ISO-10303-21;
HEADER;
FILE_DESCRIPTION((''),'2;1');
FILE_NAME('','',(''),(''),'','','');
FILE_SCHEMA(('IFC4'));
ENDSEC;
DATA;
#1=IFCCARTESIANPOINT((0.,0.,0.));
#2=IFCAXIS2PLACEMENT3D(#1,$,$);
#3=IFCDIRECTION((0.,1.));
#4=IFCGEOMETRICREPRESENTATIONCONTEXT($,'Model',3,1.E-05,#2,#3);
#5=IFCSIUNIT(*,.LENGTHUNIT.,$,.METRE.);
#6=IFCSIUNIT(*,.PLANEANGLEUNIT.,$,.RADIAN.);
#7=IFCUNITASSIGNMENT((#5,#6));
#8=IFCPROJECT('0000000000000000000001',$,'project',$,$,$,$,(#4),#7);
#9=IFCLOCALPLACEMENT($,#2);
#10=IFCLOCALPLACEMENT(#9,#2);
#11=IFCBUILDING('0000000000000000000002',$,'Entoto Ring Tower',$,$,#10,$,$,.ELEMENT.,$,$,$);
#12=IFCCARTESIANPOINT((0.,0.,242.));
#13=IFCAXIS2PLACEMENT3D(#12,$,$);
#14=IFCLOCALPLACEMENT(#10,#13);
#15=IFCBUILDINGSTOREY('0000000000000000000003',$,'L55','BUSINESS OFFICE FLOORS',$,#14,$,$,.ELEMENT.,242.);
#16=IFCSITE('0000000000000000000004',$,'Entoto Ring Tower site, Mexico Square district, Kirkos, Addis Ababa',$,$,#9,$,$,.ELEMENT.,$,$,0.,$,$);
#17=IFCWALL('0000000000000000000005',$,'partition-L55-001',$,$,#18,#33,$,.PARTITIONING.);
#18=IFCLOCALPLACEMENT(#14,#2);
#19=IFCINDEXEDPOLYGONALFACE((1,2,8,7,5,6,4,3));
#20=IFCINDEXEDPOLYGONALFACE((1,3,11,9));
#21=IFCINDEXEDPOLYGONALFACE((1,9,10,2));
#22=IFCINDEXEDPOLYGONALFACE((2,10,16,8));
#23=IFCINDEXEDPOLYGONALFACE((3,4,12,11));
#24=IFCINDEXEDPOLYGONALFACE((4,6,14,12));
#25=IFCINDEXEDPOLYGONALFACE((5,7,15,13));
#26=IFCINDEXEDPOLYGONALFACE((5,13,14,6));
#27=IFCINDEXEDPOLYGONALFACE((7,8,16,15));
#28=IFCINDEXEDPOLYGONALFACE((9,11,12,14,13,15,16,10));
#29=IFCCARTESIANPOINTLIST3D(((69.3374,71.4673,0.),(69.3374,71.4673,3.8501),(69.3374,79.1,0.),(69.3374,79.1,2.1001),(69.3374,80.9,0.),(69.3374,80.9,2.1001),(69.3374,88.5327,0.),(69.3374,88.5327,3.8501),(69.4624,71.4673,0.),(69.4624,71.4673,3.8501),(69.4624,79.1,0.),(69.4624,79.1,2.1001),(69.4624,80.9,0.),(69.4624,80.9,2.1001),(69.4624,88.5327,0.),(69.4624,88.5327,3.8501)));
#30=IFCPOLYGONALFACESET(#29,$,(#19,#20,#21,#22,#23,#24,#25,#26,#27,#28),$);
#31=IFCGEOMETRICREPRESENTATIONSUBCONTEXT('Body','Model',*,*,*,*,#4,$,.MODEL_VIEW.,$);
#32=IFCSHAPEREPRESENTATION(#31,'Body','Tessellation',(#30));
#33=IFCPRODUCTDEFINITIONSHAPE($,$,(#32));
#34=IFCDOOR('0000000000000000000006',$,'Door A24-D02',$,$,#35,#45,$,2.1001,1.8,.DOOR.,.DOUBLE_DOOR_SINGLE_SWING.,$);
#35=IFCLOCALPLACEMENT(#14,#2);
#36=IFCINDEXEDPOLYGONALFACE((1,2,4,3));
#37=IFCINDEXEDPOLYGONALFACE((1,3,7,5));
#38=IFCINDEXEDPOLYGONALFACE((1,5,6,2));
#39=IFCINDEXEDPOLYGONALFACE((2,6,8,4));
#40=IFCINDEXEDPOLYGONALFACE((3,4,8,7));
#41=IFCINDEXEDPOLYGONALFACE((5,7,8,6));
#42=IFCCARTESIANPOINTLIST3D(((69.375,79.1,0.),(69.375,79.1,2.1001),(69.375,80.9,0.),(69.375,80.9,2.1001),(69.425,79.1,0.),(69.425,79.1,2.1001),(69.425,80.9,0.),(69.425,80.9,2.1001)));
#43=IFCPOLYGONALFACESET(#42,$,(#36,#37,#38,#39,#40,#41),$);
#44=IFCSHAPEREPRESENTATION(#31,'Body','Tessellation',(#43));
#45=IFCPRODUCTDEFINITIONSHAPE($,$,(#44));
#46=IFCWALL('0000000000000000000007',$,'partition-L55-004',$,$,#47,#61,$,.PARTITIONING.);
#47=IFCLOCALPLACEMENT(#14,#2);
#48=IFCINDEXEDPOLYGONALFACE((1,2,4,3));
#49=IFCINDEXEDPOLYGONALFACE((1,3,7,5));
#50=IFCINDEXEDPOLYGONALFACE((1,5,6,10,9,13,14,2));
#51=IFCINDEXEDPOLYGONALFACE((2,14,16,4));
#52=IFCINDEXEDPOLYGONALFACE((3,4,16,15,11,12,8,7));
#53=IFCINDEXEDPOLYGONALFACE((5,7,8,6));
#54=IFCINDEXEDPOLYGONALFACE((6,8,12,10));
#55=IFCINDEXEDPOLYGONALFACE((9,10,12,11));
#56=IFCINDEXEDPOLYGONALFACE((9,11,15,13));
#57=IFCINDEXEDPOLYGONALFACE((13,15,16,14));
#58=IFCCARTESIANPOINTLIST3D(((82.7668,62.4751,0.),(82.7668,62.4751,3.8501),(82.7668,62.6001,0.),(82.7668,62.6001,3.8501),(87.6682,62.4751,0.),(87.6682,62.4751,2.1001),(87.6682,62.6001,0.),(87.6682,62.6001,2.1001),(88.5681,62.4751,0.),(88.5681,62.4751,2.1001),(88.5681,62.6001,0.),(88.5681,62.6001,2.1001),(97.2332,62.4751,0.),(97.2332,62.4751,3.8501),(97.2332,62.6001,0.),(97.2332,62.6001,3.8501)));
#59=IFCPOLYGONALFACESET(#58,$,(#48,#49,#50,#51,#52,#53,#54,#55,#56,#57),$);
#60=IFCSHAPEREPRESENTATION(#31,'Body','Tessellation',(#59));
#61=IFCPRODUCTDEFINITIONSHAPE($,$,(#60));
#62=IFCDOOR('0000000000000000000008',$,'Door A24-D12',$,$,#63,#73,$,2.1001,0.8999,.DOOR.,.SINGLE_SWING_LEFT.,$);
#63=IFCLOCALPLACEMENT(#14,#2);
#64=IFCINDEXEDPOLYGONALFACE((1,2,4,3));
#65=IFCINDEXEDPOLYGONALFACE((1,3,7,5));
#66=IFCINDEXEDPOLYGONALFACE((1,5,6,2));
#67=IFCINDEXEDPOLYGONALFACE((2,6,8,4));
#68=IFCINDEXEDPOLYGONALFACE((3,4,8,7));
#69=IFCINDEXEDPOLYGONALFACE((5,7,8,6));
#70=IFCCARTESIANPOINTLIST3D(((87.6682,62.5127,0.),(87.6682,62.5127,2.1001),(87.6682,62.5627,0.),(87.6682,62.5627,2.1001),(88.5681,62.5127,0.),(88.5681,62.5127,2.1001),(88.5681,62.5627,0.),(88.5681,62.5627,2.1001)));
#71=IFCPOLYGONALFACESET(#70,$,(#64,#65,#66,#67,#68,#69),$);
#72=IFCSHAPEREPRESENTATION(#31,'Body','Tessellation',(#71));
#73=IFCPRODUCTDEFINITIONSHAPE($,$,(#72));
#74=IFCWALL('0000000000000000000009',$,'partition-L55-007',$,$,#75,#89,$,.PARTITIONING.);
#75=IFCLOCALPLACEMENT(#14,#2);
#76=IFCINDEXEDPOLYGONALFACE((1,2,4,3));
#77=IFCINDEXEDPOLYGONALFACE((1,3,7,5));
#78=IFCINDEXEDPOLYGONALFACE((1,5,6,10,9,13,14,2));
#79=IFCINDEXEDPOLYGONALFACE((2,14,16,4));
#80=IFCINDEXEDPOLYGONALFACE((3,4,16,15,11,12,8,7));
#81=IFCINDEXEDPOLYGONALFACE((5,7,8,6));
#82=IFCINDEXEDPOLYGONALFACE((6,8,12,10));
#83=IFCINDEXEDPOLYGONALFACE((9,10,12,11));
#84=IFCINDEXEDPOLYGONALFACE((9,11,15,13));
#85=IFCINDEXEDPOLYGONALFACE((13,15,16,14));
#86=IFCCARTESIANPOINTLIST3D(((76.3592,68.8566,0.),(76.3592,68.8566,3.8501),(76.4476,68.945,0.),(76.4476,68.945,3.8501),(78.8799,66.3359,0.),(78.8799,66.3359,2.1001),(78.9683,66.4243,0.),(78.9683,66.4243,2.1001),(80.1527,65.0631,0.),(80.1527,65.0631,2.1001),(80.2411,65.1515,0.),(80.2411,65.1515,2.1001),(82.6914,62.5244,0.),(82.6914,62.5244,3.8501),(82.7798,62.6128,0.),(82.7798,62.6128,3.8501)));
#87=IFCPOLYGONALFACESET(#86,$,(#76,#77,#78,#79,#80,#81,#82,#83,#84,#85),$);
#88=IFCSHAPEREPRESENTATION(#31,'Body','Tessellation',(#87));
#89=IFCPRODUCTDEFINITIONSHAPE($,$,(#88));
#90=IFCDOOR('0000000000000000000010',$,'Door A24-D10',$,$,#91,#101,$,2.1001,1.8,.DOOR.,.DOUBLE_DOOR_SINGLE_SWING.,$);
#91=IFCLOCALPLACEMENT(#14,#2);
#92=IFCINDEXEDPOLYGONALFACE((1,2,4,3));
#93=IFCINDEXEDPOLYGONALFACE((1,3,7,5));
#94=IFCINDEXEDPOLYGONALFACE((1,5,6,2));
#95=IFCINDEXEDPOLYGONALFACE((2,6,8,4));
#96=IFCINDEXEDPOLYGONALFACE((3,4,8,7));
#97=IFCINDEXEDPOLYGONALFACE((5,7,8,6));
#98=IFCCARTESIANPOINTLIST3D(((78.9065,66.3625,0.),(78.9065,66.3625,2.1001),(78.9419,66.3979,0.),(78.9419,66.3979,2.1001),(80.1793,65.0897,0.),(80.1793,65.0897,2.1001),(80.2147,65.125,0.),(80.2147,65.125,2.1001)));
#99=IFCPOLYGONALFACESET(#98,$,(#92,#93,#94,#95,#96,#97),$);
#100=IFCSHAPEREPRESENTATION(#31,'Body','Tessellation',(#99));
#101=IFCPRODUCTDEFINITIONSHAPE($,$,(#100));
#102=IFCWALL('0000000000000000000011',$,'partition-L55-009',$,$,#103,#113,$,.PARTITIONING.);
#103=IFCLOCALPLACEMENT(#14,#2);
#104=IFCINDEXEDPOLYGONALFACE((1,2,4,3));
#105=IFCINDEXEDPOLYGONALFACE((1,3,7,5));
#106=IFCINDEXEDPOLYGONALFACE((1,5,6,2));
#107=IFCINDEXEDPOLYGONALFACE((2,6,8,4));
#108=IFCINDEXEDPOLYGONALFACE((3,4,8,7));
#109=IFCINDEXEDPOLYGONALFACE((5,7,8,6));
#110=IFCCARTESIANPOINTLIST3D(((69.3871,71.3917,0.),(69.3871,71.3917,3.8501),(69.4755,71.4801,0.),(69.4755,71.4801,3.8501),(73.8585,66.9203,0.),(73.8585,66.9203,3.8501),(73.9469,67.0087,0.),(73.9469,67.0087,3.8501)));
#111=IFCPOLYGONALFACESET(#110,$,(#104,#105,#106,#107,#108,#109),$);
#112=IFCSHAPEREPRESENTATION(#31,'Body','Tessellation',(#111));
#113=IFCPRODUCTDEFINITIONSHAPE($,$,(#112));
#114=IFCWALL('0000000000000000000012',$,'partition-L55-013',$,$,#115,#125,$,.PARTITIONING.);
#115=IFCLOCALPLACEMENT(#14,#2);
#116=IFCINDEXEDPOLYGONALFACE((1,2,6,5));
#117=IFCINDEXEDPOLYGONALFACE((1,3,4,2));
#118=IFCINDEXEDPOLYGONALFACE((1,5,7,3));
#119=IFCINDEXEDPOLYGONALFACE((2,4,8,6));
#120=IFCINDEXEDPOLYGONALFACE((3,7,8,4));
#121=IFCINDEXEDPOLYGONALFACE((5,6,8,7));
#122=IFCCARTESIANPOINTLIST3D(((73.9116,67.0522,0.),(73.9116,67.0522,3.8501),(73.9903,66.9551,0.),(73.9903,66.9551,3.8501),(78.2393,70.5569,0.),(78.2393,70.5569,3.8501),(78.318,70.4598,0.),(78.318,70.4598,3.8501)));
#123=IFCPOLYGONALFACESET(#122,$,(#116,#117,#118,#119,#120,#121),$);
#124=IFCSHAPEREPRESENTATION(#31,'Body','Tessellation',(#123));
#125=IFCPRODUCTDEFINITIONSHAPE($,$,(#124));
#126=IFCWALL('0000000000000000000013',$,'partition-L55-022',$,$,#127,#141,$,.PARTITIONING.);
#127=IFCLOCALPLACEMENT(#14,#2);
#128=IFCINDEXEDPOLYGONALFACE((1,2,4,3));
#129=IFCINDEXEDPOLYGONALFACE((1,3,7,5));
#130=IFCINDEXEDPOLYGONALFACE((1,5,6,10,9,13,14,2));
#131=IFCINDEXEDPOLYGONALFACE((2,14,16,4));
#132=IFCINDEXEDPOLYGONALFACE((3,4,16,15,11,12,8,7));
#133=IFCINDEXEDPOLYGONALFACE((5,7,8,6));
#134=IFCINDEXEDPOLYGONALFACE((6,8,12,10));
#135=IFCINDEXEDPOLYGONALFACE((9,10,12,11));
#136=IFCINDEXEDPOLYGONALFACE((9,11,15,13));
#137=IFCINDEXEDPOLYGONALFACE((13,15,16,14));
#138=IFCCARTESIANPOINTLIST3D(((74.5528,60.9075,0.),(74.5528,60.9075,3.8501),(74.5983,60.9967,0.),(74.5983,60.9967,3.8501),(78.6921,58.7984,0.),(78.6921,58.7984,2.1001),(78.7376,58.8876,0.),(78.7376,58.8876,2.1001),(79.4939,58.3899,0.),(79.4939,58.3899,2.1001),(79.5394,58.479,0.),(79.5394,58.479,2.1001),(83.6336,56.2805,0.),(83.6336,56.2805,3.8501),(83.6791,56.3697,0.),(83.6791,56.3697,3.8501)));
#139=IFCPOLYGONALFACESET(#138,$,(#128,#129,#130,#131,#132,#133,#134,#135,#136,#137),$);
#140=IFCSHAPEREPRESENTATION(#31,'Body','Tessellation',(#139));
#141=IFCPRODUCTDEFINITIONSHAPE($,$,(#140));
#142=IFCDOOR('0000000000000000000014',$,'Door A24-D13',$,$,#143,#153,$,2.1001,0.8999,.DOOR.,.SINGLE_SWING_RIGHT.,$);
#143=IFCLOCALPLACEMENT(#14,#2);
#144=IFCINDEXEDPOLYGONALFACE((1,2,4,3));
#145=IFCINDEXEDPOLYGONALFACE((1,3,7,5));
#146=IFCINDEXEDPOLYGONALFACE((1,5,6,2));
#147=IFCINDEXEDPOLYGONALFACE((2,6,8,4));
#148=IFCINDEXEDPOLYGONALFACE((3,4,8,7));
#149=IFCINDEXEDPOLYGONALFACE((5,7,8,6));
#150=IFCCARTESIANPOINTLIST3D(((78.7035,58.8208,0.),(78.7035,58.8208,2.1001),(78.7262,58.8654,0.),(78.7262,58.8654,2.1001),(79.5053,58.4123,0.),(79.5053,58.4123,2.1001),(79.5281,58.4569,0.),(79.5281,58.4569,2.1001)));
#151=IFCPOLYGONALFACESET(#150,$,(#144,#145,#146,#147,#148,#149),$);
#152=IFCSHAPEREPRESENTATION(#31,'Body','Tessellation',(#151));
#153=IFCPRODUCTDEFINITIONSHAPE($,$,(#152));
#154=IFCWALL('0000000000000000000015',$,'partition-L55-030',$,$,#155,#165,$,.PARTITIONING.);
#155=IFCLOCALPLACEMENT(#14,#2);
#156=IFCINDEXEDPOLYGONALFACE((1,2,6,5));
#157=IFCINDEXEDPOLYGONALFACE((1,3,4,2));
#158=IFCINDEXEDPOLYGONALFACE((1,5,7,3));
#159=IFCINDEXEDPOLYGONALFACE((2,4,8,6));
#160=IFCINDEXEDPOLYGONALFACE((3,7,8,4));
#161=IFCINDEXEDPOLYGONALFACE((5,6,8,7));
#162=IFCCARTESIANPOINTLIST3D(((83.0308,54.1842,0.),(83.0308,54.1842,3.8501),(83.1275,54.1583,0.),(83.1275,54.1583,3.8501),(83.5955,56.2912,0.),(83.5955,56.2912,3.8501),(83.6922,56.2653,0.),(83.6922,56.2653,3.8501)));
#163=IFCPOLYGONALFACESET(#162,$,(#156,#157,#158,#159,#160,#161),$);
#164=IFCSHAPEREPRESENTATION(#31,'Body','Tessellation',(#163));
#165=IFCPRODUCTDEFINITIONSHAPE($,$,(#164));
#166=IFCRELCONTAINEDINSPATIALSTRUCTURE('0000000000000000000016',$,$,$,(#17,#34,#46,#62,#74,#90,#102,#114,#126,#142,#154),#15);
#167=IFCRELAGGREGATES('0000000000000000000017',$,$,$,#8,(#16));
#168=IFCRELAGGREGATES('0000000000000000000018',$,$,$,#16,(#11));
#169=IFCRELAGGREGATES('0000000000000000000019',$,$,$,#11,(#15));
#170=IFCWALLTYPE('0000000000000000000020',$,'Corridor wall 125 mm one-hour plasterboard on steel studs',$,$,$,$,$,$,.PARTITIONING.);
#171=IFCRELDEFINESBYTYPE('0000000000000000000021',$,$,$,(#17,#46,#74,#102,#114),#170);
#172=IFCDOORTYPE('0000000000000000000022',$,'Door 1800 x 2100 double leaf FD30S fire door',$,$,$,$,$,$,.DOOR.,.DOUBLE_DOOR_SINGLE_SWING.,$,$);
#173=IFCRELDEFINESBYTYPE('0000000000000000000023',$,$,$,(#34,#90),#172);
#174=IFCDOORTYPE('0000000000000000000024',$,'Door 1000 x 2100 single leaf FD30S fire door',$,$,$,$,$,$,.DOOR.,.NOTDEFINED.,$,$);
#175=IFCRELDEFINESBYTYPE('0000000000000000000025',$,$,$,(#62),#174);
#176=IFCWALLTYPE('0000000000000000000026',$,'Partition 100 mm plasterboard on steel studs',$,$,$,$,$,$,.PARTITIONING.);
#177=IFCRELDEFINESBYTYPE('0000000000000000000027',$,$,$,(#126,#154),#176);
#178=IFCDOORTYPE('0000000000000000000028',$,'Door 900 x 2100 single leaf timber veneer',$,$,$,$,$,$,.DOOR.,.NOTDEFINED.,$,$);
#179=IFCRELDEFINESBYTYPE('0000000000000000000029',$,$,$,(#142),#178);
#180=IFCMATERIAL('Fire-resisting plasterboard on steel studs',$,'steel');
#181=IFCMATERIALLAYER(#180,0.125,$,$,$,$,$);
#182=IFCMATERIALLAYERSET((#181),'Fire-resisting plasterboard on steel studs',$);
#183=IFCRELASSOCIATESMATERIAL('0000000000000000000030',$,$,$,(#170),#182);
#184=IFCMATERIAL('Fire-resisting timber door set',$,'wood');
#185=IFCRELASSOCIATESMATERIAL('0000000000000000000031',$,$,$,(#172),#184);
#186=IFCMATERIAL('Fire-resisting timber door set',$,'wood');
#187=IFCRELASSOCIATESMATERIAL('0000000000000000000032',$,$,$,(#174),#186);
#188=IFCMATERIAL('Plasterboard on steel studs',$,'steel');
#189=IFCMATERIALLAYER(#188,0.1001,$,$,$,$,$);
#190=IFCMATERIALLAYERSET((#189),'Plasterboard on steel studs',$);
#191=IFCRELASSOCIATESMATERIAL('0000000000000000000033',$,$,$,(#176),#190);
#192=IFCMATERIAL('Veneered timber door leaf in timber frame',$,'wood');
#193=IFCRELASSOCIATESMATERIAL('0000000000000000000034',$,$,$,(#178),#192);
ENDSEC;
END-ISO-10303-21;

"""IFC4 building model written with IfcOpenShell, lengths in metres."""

from ifc_helpers import new_model, si_unit, direction, frame, frame_2d, origin, place, context, subcontext, project, spatial, rectangle, extrude, material, layer, layer_set, type_object, element, fill, save


model = new_model("IFC4")

# Units and contexts
model_context = context("Model", 3, precision=1e-05, world=origin(), true_north=direction((0.0, 1.0)))
body_context = subcontext(model_context, "Body", "Model", "MODEL_VIEW")
ifc_project = project(units=[si_unit("LENGTHUNIT", "METRE"), si_unit("PLANEANGLEUNIT", "RADIAN")], contexts=[model_context])

# Site, building, storey
site_placement = place(None, origin())
site = spatial("IfcSite", under=ifc_project, at=site_placement, Name="Entoto Ring Tower site, Mexico Square district, Kirkos, Addis Ababa", CompositionType="ELEMENT", RefElevation=0.0)
building_placement = place(site_placement, origin())
building = spatial("IfcBuilding", under=site, at=building_placement, Name="Entoto Ring Tower", CompositionType="ELEMENT")
storey_placement = place(building_placement, frame((0.0, 0.0, 242.0)))
storey = spatial("IfcBuildingStorey", under=building, at=storey_placement, Name="L55", Description="BUSINESS OFFICE FLOORS", CompositionType="ELEMENT", Elevation=242.0)

# Walls, openings, doors
ifc_material_1 = material(Name="Fire-resisting plasterboard on steel studs", Category="steel")
ifc_layer_1 = layer(ifc_material_1, 0.125)
ifc_layer_set_1 = layer_set([ifc_layer_1], Name="Fire-resisting plasterboard on steel studs")
wall_type_1 = type_object("IfcWallType", Name="Corridor wall 125 mm one-hour plasterboard on steel studs", PredefinedType="PARTITIONING", material=ifc_layer_set_1)
wall_1_placement = place(storey_placement, frame((69.3999, 71.4673, 0.0), z_axis=(0.0, 0.0, 1.0), x_axis=(0.0, 1.0, 0.0)))
wall_1 = element("IfcWall", 1, at=wall_1_placement, inside=storey, type_object=wall_type_1, Name="partition-L55-001", PredefinedType="PARTITIONING", context=body_context, shape_type="SweptSolid", body=[
    extrude(rectangle(XDim=17.0654, YDim=0.125, at=frame_2d((8.5327, 0.0))), origin(), (0.0, 0.0, 1.0), 3.8501),
])
opening_1_placement = place(wall_1_placement, frame((7.6328, 0.0, 0.0)))
opening_1 = element("IfcOpeningElement", 2, at=opening_1_placement, cuts=wall_1, PredefinedType="OPENING", context=body_context, shape_type="SweptSolid", body=[
    extrude(rectangle(XDim=1.8, YDim=2.1001, at=frame_2d((0.8999, 1.05))), frame((0.0, 0.0725, 0.0), z_axis=(0.0, -1.0, 0.0), x_axis=(1.0, 0.0, 0.0)), (0.0, 0.0, 1.0), 0.145),
])
ifc_material_2 = material(Name="Fire-resisting timber door set", Category="wood")
door_type_1 = type_object("IfcDoorType", Name="Door 1800 x 2100 double leaf FD30S fire door", OperationType="DOUBLE_DOOR_SINGLE_SWING", PredefinedType="DOOR", material=ifc_material_2)
door_1_placement = place(opening_1_placement, origin())
door_1 = element("IfcDoor", 3, at=door_1_placement, inside=storey, type_object=door_type_1, Name="Door A24-D02", OperationType="DOUBLE_DOOR_SINGLE_SWING", OverallHeight=2.1001, OverallWidth=1.8, PredefinedType="DOOR", context=body_context, shape_type="SweptSolid", body=[
    extrude(rectangle(XDim=1.8, YDim=2.1001, at=frame_2d((0.8999, 1.05))), frame((0.0, 0.0249, 0.0), z_axis=(0.0, -1.0, 0.0), x_axis=(1.0, 0.0, 0.0)), (0.0, 0.0, 1.0), 0.05),
])
fill(opening_1, door_1)
wall_2_placement = place(storey_placement, frame((82.7668, 62.5376, 0.0), z_axis=(0.0, 0.0, 1.0), x_axis=(1.0, 0.0, 0.0)))
wall_2 = element("IfcWall", 4, at=wall_2_placement, inside=storey, type_object=wall_type_1, Name="partition-L55-004", PredefinedType="PARTITIONING", context=body_context, shape_type="SweptSolid", body=[
    extrude(rectangle(XDim=14.4663, YDim=0.125, at=frame_2d((7.2332, 0.0))), origin(), (0.0, 0.0, 1.0), 3.8501),
])
opening_2_placement = place(wall_2_placement, frame((4.9014, 0.0, 0.0)))
opening_2 = element("IfcOpeningElement", 5, at=opening_2_placement, cuts=wall_2, PredefinedType="OPENING", context=body_context, shape_type="SweptSolid", body=[
    extrude(rectangle(XDim=0.8999, YDim=2.1001, at=frame_2d((0.45, 1.05))), frame((0.0, 0.0725, 0.0), z_axis=(0.0, -1.0, 0.0), x_axis=(1.0, 0.0, 0.0)), (0.0, 0.0, 1.0), 0.145),
])
ifc_material_3 = material(Name="Fire-resisting timber door set", Category="wood")
door_type_2 = type_object("IfcDoorType", Name="Door 1000 x 2100 single leaf FD30S fire door", OperationType="NOTDEFINED", PredefinedType="DOOR", material=ifc_material_3)
door_2_placement = place(opening_2_placement, frame((0.8999, 0.0, 0.0), z_axis=(0.0, 0.0, 1.0), x_axis=(-1.0, 0.0, 0.0)))
door_2 = element("IfcDoor", 6, at=door_2_placement, inside=storey, type_object=door_type_2, Name="Door A24-D12", OperationType="SINGLE_SWING_LEFT", OverallHeight=2.1001, OverallWidth=0.8999, PredefinedType="DOOR", context=body_context, shape_type="SweptSolid", body=[
    extrude(rectangle(XDim=0.8999, YDim=2.1001, at=frame_2d((0.45, 1.05))), frame((0.0, 0.0249, 0.0), z_axis=(0.0, -1.0, 0.0), x_axis=(1.0, 0.0, 0.0)), (0.0, 0.0, 1.0), 0.05),
])
fill(opening_2, door_2)
wall_3_placement = place(storey_placement, frame((82.7356, 62.5686, 0.0), z_axis=(0.0, 0.0, 1.0), x_axis=(-0.707107, 0.707107, 0.0)))
wall_3 = element("IfcWall", 7, at=wall_3_placement, inside=storey, type_object=wall_type_1, Name="partition-L55-007", PredefinedType="PARTITIONING", context=body_context, shape_type="SweptSolid", body=[
    extrude(rectangle(XDim=8.9551, YDim=0.125, at=frame_2d((4.4775, 0.0))), origin(), (0.0, 0.0, 1.0), 3.8501),
])
opening_3_placement = place(wall_3_placement, frame((3.5903, 0.0, 0.0)))
opening_3 = element("IfcOpeningElement", 8, at=opening_3_placement, cuts=wall_3, PredefinedType="OPENING", context=body_context, shape_type="SweptSolid", body=[
    extrude(rectangle(XDim=1.8, YDim=2.1001, at=frame_2d((0.8999, 1.05))), frame((0.0, 0.0725, 0.0), z_axis=(0.0, -1.0, 0.0), x_axis=(1.0, 0.0, 0.0)), (0.0, 0.0, 1.0), 0.145),
])
door_3_placement = place(opening_3_placement, origin())
door_3 = element("IfcDoor", 9, at=door_3_placement, inside=storey, type_object=door_type_1, Name="Door A24-D10", OperationType="DOUBLE_DOOR_SINGLE_SWING", OverallHeight=2.1001, OverallWidth=1.8, PredefinedType="DOOR", context=body_context, shape_type="SweptSolid", body=[
    extrude(rectangle(XDim=1.8, YDim=2.1001, at=frame_2d((0.8999, 1.05))), frame((0.0, 0.0249, 0.0), z_axis=(0.0, -1.0, 0.0), x_axis=(1.0, 0.0, 0.0)), (0.0, 0.0, 1.0), 0.05),
])
fill(opening_3, door_3)

# Walls
wall_4_placement = place(storey_placement, frame((73.9026, 66.9646, 0.0), z_axis=(0.0, 0.0, 1.0), x_axis=(-0.707107, 0.707107, 0.0)))
element("IfcWall", 10, at=wall_4_placement, inside=storey, type_object=wall_type_1, Name="partition-L55-009", PredefinedType="PARTITIONING", context=body_context, shape_type="SweptSolid", body=[
    extrude(rectangle(XDim=6.3235, YDim=0.125, at=frame_2d((3.1616, 0.0))), origin(), (0.0, 0.0, 1.0), 3.8501),
])
wall_5_placement = place(storey_placement, frame((73.9509, 67.0037, 0.0), z_axis=(0.0, 0.0, 1.0), x_axis=(0.777129, 0.629341, 0.0)))
element("IfcWall", 11, at=wall_5_placement, inside=storey, type_object=wall_type_1, Name="partition-L55-013", PredefinedType="PARTITIONING", context=body_context, shape_type="SweptSolid", body=[
    extrude(rectangle(XDim=5.5688, YDim=0.125, at=frame_2d((2.7844, 0.0))), origin(), (0.0, 0.0, 1.0), 3.8501),
])

# Wall, opening, door
ifc_material_4 = material(Name="Plasterboard on steel studs", Category="steel")
ifc_layer_2 = layer(ifc_material_4, 0.1001)
ifc_layer_set_2 = layer_set([ifc_layer_2], Name="Plasterboard on steel studs")
wall_type_2 = type_object("IfcWallType", Name="Partition 100 mm plasterboard on steel studs", PredefinedType="PARTITIONING", material=ifc_layer_set_2)
wall_6_placement = place(storey_placement, frame((83.6562, 56.3252, 0.0), z_axis=(0.0, 0.0, 1.0), x_axis=(-0.891005, 0.453994, 0.0)))
wall_6 = element("IfcWall", 12, at=wall_6_placement, inside=storey, type_object=wall_type_2, Name="partition-L55-022", PredefinedType="PARTITIONING", context=body_context, shape_type="SweptSolid", body=[
    extrude(rectangle(XDim=10.1917, YDim=0.1001, at=frame_2d((5.0957, 0.0))), origin(), (0.0, 0.0, 1.0), 3.8501),
])
opening_4_placement = place(wall_6_placement, frame((4.646, 0.0, 0.0)))
opening_4 = element("IfcOpeningElement", 13, at=opening_4_placement, cuts=wall_6, PredefinedType="OPENING", context=body_context, shape_type="SweptSolid", body=[
    extrude(rectangle(XDim=0.8999, YDim=2.1001, at=frame_2d((0.45, 1.05))), frame((0.0, 0.0601, 0.0), z_axis=(0.0, -1.0, 0.0), x_axis=(1.0, 0.0, 0.0)), (0.0, 0.0, 1.0), 0.1201),
])
ifc_material_5 = material(Name="Veneered timber door leaf in timber frame", Category="wood")
door_type_3 = type_object("IfcDoorType", Name="Door 900 x 2100 single leaf timber veneer", OperationType="NOTDEFINED", PredefinedType="DOOR", material=ifc_material_5)
door_4_placement = place(opening_4_placement, origin())
door_4 = element("IfcDoor", 14, at=door_4_placement, inside=storey, type_object=door_type_3, Name="Door A24-D13", OperationType="SINGLE_SWING_RIGHT", OverallHeight=2.1001, OverallWidth=0.8999, PredefinedType="DOOR", context=body_context, shape_type="SweptSolid", body=[
    extrude(rectangle(XDim=0.8999, YDim=2.1001, at=frame_2d((0.45, 1.05))), frame((0.0, 0.0249, 0.0), z_axis=(0.0, -1.0, 0.0), x_axis=(1.0, 0.0, 0.0)), (0.0, 0.0, 1.0), 0.05),
])
fill(opening_4, door_4)

# Wall
for number, where, z_axis, x_axis, name in (
    (15, (83.0791, 54.1711, 0.0), (0.0, 0.0, 1.0), (0.258882, 0.965909, 0.0), "partition-L55-030"),
):
    element("IfcWall", number, at=place(storey_placement, frame(where, z_axis=z_axis, x_axis=x_axis)), inside=storey, type_object=wall_type_2, Name=name, PredefinedType="PARTITIONING", context=body_context, shape_type="SweptSolid", body=[
        extrude(rectangle(XDim=2.1814, YDim=0.1001, at=frame_2d((1.0908, 0.0))), origin(), (0.0, 0.0, 1.0), 3.8501),
    ])

save(model, "model.ifc")
